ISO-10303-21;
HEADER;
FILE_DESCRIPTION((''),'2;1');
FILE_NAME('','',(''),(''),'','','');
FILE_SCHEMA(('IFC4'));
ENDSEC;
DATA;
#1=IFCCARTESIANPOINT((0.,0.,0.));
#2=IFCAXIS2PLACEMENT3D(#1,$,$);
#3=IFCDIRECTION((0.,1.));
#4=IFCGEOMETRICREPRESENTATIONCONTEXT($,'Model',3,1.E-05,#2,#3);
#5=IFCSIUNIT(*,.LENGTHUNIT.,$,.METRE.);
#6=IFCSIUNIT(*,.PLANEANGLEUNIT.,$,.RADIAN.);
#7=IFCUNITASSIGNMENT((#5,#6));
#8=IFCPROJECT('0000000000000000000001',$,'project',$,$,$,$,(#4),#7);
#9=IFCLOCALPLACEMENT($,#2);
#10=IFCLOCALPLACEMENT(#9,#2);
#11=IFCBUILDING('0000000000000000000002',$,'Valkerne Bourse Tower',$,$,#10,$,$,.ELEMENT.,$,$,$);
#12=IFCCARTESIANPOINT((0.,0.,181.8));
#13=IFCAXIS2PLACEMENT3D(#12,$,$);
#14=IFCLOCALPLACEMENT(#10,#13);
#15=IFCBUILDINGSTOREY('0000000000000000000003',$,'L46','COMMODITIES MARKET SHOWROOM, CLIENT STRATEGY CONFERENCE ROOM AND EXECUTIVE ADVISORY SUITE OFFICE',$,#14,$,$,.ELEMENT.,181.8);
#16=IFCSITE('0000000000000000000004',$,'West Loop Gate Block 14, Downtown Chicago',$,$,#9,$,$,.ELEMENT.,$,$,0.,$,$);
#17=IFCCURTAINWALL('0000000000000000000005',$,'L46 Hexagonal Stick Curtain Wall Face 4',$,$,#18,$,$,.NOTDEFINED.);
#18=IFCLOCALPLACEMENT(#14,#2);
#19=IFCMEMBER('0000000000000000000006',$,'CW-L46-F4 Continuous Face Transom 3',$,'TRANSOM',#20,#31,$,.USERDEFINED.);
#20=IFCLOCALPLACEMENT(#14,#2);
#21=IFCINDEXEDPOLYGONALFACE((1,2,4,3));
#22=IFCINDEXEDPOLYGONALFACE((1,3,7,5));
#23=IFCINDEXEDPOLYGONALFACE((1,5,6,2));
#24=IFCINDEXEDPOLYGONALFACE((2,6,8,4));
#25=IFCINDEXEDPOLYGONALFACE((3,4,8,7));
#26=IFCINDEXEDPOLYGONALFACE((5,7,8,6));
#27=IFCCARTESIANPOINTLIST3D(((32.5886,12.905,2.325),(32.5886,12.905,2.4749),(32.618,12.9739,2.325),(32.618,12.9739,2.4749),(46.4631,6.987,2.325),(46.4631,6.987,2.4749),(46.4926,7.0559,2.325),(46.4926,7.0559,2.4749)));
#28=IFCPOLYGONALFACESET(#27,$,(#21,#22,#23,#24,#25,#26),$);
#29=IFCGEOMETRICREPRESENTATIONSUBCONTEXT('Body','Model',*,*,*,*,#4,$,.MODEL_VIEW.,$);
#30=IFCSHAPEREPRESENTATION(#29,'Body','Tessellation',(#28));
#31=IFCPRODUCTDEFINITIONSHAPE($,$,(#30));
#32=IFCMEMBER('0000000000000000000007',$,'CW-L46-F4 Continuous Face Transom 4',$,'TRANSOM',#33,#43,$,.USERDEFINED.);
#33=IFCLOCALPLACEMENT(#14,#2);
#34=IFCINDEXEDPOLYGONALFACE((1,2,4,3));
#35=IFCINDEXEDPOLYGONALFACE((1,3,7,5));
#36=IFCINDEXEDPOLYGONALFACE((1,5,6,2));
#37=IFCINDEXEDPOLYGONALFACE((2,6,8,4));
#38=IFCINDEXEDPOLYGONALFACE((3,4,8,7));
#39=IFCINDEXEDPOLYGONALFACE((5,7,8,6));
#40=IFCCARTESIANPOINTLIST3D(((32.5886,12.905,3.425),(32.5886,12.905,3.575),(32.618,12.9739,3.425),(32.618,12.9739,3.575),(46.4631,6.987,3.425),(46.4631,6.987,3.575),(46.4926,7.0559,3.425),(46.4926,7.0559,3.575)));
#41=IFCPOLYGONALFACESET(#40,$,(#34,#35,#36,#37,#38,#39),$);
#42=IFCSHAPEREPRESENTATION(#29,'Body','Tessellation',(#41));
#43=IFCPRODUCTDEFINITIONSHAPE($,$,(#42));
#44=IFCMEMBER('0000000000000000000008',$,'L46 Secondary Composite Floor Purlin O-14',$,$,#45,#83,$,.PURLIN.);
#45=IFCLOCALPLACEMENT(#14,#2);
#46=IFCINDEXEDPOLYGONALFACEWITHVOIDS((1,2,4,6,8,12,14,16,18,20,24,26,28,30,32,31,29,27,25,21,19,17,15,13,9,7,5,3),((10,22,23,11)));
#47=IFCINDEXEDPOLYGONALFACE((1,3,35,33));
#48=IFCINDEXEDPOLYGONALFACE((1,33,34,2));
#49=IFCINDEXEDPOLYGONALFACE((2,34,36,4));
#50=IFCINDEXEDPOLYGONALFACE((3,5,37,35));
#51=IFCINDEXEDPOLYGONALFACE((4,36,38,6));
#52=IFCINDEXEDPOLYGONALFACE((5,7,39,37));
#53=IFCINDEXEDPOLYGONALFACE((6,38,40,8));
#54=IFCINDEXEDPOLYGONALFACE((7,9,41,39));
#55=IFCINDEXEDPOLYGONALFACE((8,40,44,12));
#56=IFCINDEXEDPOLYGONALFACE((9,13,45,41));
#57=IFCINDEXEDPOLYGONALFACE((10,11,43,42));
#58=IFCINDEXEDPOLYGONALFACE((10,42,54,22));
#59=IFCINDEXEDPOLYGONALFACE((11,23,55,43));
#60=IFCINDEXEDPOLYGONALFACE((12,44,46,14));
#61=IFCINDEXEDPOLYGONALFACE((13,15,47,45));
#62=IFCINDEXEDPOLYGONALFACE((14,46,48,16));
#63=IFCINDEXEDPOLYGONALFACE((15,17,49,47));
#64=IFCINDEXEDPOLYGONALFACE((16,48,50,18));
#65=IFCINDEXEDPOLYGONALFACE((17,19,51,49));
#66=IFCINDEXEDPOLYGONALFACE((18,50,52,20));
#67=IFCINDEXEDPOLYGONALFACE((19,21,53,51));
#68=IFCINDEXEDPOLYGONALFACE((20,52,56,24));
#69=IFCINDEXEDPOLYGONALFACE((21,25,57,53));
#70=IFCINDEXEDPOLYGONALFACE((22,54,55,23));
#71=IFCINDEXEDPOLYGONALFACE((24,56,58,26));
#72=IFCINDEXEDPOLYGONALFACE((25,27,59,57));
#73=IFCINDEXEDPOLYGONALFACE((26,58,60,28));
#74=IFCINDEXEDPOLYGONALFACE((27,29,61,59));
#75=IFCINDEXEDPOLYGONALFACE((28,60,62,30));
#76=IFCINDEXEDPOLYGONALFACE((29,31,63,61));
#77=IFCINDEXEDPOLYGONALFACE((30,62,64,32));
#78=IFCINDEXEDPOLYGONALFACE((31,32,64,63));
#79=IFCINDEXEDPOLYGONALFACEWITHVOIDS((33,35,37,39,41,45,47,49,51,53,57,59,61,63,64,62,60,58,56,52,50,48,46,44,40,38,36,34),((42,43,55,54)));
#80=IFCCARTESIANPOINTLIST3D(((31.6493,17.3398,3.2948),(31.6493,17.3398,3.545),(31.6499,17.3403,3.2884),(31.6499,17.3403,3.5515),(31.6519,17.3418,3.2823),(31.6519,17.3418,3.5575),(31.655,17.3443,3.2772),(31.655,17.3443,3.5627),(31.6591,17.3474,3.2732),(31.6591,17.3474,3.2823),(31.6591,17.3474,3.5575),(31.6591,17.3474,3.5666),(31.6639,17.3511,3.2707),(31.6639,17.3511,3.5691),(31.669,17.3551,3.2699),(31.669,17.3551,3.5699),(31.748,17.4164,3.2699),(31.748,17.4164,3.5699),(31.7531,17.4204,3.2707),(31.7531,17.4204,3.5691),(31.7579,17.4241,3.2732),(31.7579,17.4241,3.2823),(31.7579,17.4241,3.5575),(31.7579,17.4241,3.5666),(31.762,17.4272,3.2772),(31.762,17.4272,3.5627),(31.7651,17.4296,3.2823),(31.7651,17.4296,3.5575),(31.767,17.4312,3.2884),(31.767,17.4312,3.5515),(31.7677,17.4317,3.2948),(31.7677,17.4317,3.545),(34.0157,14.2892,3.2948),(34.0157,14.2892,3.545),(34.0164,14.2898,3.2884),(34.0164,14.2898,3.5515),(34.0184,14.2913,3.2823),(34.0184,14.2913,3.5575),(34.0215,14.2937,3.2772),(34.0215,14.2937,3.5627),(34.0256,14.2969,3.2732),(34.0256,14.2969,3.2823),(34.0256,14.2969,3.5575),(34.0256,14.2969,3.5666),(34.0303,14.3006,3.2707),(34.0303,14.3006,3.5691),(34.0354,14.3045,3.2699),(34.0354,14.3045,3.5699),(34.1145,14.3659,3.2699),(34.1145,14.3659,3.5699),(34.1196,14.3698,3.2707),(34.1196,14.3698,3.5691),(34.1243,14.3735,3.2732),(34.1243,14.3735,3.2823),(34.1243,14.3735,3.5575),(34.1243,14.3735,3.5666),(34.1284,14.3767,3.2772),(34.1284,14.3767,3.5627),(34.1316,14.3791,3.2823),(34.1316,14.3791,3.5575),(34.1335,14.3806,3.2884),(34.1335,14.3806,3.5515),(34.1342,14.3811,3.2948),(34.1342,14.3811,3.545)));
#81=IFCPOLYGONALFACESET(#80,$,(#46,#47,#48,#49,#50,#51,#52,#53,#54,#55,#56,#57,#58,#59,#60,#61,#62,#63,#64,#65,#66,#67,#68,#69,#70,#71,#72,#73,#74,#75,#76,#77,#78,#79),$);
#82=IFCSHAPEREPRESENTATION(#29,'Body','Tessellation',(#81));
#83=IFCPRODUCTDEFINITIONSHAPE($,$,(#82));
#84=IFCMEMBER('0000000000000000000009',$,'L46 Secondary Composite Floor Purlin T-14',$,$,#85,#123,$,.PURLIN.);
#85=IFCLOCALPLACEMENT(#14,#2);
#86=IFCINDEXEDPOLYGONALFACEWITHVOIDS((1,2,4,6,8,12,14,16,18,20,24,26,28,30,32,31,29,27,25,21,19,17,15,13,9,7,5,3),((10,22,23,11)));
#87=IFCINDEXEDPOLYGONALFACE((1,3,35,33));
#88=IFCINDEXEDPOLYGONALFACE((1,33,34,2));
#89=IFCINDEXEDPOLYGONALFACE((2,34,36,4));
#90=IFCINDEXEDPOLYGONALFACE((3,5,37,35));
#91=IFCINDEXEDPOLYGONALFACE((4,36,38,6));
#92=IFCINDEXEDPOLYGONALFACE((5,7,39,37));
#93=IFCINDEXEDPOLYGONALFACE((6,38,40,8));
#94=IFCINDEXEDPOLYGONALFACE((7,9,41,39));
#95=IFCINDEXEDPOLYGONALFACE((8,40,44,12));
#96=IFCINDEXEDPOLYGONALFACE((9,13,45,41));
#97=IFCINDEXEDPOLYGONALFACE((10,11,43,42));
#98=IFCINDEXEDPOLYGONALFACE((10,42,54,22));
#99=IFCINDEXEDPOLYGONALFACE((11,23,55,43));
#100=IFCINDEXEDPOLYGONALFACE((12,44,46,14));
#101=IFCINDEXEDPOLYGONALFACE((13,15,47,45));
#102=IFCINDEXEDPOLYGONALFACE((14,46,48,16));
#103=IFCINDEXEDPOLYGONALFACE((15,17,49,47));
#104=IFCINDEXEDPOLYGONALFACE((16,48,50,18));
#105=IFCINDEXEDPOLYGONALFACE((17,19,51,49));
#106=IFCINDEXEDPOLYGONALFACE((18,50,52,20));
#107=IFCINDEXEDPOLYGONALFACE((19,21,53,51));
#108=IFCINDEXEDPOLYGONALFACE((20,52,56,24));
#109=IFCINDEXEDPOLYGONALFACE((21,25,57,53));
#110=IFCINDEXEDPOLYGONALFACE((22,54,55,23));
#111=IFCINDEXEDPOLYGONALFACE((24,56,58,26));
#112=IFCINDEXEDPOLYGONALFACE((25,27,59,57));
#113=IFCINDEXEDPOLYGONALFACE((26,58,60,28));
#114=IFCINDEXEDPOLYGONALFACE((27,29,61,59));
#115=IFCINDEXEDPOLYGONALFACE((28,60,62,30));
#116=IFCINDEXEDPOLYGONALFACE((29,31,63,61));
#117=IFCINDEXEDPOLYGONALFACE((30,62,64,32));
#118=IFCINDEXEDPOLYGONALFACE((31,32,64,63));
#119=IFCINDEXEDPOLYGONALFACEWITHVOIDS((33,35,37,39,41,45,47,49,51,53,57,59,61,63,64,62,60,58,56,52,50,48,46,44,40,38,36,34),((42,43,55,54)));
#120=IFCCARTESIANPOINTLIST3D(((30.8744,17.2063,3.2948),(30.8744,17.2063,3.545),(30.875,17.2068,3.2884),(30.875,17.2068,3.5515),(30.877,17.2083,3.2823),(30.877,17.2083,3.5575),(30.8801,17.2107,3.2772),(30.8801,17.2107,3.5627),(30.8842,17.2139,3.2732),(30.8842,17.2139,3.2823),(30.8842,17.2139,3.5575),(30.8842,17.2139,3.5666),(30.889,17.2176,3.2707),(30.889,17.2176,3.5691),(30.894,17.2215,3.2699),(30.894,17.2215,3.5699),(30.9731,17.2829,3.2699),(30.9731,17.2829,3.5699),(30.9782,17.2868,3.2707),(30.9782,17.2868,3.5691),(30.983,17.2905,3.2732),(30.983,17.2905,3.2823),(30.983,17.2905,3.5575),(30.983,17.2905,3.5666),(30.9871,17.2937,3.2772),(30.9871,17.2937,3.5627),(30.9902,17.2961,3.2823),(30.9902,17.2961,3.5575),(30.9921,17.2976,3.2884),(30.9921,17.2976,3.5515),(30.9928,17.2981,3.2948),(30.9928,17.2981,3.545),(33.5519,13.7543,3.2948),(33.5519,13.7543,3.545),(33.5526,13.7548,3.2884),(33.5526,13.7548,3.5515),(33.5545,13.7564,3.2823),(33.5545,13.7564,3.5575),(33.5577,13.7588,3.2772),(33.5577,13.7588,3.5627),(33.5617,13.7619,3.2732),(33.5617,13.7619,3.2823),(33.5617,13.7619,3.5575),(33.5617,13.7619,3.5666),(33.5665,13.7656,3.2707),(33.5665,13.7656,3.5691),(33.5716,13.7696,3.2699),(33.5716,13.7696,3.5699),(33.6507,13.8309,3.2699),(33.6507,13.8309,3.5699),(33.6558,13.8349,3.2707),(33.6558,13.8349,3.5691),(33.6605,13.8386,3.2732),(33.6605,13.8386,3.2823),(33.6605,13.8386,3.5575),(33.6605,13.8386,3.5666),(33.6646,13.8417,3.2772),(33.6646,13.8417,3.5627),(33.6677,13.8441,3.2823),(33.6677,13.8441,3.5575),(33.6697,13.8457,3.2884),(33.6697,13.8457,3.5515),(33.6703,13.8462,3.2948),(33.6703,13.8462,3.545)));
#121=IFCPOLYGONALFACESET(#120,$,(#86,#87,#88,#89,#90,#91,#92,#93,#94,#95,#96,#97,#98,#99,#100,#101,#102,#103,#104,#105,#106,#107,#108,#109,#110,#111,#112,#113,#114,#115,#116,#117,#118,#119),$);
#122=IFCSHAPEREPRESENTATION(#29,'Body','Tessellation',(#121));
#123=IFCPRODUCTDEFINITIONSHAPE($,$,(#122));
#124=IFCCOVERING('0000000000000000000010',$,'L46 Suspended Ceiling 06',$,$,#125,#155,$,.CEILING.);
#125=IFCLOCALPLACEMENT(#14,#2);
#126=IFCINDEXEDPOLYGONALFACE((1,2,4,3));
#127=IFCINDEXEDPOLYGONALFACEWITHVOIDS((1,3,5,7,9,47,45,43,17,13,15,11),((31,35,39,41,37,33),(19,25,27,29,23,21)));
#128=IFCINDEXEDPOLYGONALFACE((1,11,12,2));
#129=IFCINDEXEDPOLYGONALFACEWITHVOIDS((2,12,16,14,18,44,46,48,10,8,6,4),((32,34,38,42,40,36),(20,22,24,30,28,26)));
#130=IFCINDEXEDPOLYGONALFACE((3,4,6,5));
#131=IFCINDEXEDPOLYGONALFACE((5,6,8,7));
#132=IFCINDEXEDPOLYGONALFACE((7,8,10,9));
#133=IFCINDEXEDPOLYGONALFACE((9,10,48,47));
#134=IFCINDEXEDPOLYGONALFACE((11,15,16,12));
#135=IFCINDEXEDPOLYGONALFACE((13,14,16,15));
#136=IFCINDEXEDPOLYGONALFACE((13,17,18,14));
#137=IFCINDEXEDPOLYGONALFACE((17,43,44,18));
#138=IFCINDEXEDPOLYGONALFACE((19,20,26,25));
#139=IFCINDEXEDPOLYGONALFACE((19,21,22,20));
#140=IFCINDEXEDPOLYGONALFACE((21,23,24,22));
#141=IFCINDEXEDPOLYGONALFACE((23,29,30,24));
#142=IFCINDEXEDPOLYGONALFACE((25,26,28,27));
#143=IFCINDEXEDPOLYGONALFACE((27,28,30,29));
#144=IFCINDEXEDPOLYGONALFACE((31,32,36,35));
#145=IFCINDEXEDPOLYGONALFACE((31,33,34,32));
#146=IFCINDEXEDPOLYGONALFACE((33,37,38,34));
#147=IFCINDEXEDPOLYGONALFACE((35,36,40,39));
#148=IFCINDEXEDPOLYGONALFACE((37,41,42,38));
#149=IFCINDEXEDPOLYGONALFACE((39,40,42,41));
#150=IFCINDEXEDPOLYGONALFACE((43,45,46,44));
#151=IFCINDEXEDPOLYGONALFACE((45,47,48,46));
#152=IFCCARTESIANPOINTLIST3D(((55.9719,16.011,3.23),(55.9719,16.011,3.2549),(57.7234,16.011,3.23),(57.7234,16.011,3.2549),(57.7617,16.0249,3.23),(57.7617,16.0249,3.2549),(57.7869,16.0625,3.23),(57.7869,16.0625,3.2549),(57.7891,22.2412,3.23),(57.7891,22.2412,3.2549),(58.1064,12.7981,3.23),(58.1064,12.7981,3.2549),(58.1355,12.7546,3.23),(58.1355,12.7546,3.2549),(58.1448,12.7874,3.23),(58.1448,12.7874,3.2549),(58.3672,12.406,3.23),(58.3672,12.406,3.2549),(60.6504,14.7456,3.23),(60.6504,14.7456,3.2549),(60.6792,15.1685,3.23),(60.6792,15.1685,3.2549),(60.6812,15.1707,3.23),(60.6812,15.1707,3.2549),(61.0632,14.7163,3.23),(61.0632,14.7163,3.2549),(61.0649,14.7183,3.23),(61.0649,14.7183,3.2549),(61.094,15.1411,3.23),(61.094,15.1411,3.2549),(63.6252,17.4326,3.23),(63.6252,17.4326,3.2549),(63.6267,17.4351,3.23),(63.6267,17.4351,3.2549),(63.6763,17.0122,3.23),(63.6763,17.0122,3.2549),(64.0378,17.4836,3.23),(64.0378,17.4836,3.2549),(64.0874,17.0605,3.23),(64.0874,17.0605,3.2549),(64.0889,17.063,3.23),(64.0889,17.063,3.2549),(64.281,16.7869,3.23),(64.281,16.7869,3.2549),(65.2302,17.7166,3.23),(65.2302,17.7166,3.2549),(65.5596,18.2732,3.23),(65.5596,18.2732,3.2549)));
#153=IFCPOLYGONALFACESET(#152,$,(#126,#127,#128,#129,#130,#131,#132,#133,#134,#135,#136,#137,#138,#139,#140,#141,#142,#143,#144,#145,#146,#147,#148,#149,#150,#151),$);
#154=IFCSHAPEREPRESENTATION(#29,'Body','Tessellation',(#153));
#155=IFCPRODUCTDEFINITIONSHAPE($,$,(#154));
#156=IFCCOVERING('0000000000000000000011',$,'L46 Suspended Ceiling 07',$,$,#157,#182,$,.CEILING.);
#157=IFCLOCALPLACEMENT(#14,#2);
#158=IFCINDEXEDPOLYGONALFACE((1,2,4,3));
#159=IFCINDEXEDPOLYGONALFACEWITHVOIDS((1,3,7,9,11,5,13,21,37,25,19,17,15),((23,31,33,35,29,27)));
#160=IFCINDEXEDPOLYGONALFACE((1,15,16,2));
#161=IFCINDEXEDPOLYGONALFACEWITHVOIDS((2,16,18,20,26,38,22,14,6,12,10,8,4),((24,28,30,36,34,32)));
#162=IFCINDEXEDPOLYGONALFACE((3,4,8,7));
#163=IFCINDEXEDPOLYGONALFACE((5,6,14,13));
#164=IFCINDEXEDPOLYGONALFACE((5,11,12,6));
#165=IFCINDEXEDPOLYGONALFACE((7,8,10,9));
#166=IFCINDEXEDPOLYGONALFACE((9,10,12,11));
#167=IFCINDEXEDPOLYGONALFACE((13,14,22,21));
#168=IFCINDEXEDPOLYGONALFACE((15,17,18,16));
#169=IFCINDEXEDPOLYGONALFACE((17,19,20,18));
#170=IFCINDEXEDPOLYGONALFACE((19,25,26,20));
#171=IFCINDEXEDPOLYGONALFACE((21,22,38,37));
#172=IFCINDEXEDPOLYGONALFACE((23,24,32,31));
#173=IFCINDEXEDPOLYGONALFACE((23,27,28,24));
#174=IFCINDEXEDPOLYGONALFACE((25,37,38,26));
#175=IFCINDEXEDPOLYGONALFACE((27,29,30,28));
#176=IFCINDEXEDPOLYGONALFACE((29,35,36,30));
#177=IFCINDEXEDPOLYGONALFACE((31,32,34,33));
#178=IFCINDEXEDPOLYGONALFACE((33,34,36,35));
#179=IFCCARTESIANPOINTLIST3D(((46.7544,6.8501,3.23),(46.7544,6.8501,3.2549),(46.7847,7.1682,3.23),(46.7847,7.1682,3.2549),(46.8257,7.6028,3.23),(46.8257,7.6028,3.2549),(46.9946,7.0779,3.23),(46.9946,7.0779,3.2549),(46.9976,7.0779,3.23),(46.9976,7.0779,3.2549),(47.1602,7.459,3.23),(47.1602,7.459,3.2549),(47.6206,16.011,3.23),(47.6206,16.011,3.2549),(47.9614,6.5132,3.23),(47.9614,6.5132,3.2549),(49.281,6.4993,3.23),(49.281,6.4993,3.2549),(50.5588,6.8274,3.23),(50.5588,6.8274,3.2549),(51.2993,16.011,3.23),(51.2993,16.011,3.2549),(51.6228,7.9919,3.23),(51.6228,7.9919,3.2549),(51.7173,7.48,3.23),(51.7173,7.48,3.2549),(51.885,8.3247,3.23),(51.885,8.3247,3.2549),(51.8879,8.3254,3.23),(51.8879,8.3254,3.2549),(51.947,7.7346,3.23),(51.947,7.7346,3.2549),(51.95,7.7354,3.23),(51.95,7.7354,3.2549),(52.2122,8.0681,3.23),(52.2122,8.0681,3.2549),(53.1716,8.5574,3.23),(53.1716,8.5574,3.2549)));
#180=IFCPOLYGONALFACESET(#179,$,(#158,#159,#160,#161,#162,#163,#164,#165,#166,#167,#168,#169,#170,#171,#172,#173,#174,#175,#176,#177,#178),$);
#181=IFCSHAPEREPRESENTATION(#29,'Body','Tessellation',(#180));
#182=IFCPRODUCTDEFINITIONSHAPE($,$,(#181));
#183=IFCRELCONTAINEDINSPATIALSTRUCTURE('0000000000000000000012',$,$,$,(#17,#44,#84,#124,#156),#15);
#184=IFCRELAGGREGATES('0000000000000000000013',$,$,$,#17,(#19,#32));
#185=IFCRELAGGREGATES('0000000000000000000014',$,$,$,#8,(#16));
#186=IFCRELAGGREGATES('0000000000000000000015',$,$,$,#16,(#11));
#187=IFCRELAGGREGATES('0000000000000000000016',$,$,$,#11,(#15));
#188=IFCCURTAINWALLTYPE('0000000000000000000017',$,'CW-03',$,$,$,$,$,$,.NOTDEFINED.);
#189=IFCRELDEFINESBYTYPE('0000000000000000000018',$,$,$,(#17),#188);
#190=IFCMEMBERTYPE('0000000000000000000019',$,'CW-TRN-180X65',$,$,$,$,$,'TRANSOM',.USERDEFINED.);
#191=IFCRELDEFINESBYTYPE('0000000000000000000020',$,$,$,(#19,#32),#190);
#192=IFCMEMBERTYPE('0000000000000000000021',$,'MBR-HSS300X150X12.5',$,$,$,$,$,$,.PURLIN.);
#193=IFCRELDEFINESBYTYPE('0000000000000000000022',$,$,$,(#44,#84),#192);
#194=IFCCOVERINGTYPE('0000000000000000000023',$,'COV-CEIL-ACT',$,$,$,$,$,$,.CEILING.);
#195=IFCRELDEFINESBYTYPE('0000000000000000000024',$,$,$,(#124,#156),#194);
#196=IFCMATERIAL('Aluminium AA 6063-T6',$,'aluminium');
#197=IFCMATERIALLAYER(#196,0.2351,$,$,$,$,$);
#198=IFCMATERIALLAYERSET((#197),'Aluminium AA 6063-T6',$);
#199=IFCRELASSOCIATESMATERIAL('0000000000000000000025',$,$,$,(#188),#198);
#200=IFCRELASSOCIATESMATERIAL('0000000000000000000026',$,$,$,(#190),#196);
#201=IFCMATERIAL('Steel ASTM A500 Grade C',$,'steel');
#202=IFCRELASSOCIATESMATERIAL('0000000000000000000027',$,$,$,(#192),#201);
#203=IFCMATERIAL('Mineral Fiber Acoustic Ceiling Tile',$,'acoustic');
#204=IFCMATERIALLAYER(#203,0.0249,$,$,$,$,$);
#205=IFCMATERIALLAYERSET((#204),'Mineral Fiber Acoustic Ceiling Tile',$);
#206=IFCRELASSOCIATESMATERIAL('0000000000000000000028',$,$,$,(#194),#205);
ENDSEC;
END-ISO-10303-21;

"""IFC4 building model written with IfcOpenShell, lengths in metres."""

from ifc_helpers import new_model, si_unit, direction, frame, origin, origin_2d, place, context, subcontext, project, spatial, polyline, rectangle, hollow_rectangle, outline, extrude, material, layer, layer_set, material_profile, profile_set, type_object, element, aggregate, save


model = new_model("IFC4")

# Units and contexts
model_context = context("Model", 3, precision=1e-05, world=origin(), true_north=direction((0.0, 1.0)))
body_context = subcontext(model_context, "Body", "Model", "MODEL_VIEW")
ifc_project = project(units=[si_unit("LENGTHUNIT", "METRE"), si_unit("PLANEANGLEUNIT", "RADIAN")], contexts=[model_context])

# Site, building, storey
site_placement = place(None, origin())
site = spatial("IfcSite", under=ifc_project, at=site_placement, Name="West Loop Gate Block 14, Downtown Chicago", CompositionType="ELEMENT", RefElevation=0.0)
building_placement = place(site_placement, origin())
building = spatial("IfcBuilding", under=site, at=building_placement, Name="Valkerne Bourse Tower", CompositionType="ELEMENT")
storey_placement = place(building_placement, frame((0.0, 0.0, 181.8)))
storey = spatial("IfcBuildingStorey", under=building, at=storey_placement, Name="L46", Description="COMMODITIES MARKET SHOWROOM, CLIENT STRATEGY CONFERENCE ROOM AND EXECUTIVE ADVISORY SUITE OFFICE", CompositionType="ELEMENT", Elevation=181.8)

# Shared definitions
ifc_material_1 = material(Name="Aluminium AA 6063-T6", Category="aluminium")
ifc_layer_1 = layer(ifc_material_1, 0.2351)
ifc_layer_set_1 = layer_set([ifc_layer_1], Name="Aluminium AA 6063-T6")
curtain_wall_type = type_object("IfcCurtainWallType", Name="CW-03", PredefinedType="NOTDEFINED", material=ifc_layer_set_1)

# Curtain wall, members
curtain_wall_1_placement = place(storey_placement, origin())
curtain_wall_1 = element("IfcCurtainWall", 1, at=curtain_wall_1_placement, inside=storey, type_object=curtain_wall_type, Name="L46 Hexagonal Stick Curtain Wall Face 4", PredefinedType="NOTDEFINED")
ifc_material_profile_1 = material_profile(ifc_material_1, rectangle(XDim=0.075, YDim=0.1499, at=origin_2d()), Name="CWT-75X150")
ifc_profile_set_1 = profile_set([ifc_material_profile_1], Name="Aluminium AA 6063-T6")
member_type_1 = type_object("IfcMemberType", Name="CW-TRN-180X65", ElementType="TRANSOM", PredefinedType="USERDEFINED", material=ifc_profile_set_1)
member_1_placement = place(storey_placement, frame((32.6033, 12.9395, 2.3999), z_axis=(0.919822, -0.392336, 0.0), x_axis=(0.392336, 0.919822, 0.0)))
member_1 = element("IfcMember", 2, at=member_1_placement, type_object=member_type_1, Name="CW-L46-F4 Continuous Face Transom 3", ObjectType="TRANSOM", PredefinedType="USERDEFINED", context=body_context, shape_type="SweptSolid", body=[
    extrude(rectangle(XDim=0.075, YDim=0.1499, at=origin_2d()), origin(), (0.0, 0.0, 1.0), 15.084),
])
member_2_placement = place(storey_placement, frame((32.6033, 12.9395, 3.5), z_axis=(0.919822, -0.392336, 0.0), x_axis=(0.392336, 0.919822, 0.0)))
member_2 = element("IfcMember", 3, at=member_2_placement, type_object=member_type_1, Name="CW-L46-F4 Continuous Face Transom 4", ObjectType="TRANSOM", PredefinedType="USERDEFINED", context=body_context, shape_type="SweptSolid", body=[
    extrude(rectangle(XDim=0.075, YDim=0.1499, at=origin_2d()), origin(), (0.0, 0.0, 1.0), 15.084),
])
aggregate(curtain_wall_1, [member_1, member_2])

# Members
ifc_material_2 = material(Name="Steel ASTM A500 Grade C", Category="steel")
ifc_material_profile_2 = material_profile(ifc_material_2, hollow_rectangle(XDim=0.1499, YDim=0.3, WallThickness=0.0125, OuterFilletRadius=0.0249, at=origin_2d()), Name="HSS300X150X12.5")
ifc_profile_set_2 = profile_set([ifc_material_profile_2], Name="Steel ASTM A500 Grade C")
member_type_2 = type_object("IfcMemberType", Name="MBR-HSS300X150X12.5", PredefinedType="PURLIN", material=ifc_profile_set_2)
member_3_placement = place(storey_placement, frame((31.7085, 17.3857, 3.4199), z_axis=(0.612942, -0.790128, 0.0), x_axis=(0.790128, 0.612942, 0.0)))
element("IfcMember", 4, at=member_3_placement, inside=storey, type_object=member_type_2, Name="L46 Secondary Composite Floor Purlin O-14", PredefinedType="PURLIN", context=body_context, shape_type="SweptSolid", body=[
    extrude(hollow_rectangle(XDim=0.1499, YDim=0.3, WallThickness=0.0125, OuterFilletRadius=0.0249, at=origin_2d()), origin(), (0.0, 0.0, 1.0), 3.8608),
])
member_4_placement = place(storey_placement, frame((30.9336, 17.2522, 3.4199), z_axis=(0.612895, -0.790164, 0.0), x_axis=(0.790164, 0.612895, 0.0)))
element("IfcMember", 5, at=member_4_placement, inside=storey, type_object=member_type_2, Name="L46 Secondary Composite Floor Purlin T-14", PredefinedType="PURLIN", context=body_context, shape_type="SweptSolid", body=[
    extrude(hollow_rectangle(XDim=0.1499, YDim=0.3, WallThickness=0.0125, OuterFilletRadius=0.0249, at=origin_2d()), origin(), (0.0, 0.0, 1.0), 4.3687),
])

# Coverings
ifc_material_3 = material(Name="Mineral Fiber Acoustic Ceiling Tile", Category="acoustic")
ifc_layer_2 = layer(ifc_material_3, 0.0249)
ifc_layer_set_2 = layer_set([ifc_layer_2], Name="Mineral Fiber Acoustic Ceiling Tile")
covering_type_1 = type_object("IfcCoveringType", Name="COV-CEIL-ACT", PredefinedType="CEILING", material=ifc_layer_set_2)
covering_1_placement = place(storey_placement, frame((0.0, 0.0, 3.23)))
element("IfcCovering", 6, at=covering_1_placement, inside=storey, type_object=covering_type_1, Name="L46 Suspended Ceiling 06", PredefinedType="CEILING", context=body_context, shape_type="SweptSolid", body=[
    extrude(outline(polyline([(58.3672, 12.406), (58.1355, 12.7546), (58.1448, 12.7874), (58.1064, 12.7981), (55.9719, 16.011), (57.7234, 16.011), (57.7617, 16.0249), (57.7869, 16.0625), (57.7891, 22.2412), (65.5596, 18.2732), (65.2302, 17.7166), (64.281, 16.7869), (58.3672, 12.406)]), holes=[polyline([(61.0649, 14.7183), (61.094, 15.1411), (60.6812, 15.1707), (60.6792, 15.1685), (60.6504, 14.7456), (61.0632, 14.7163), (61.0649, 14.7183)]), polyline([(64.0889, 17.063), (64.0378, 17.4836), (63.6267, 17.4351), (63.6252, 17.4326), (63.6763, 17.0122), (64.0874, 17.0605), (64.0889, 17.063)])]), origin(), (0.0, 0.0, 1.0), 0.0249),
])
covering_2_placement = place(storey_placement, frame((0.0, 0.0, 3.23)))
element("IfcCovering", 7, at=covering_2_placement, inside=storey, type_object=covering_type_1, Name="L46 Suspended Ceiling 07", PredefinedType="CEILING", context=body_context, shape_type="SweptSolid", body=[
    extrude(outline(polyline([(49.281, 6.4993), (47.9614, 6.5132), (46.7544, 6.8501), (46.7847, 7.1682), (46.9946, 7.0779), (46.9976, 7.0779), (47.1602, 7.459), (46.8257, 7.6028), (47.6206, 16.011), (51.2993, 16.011), (53.1716, 8.5574), (51.7173, 7.48), (50.5588, 6.8274), (49.281, 6.4993)]), holes=[polyline([(52.2122, 8.0681), (51.8879, 8.3254), (51.885, 8.3247), (51.6228, 7.9919), (51.947, 7.7346), (51.95, 7.7354), (52.2122, 8.0681)])]), origin(), (0.0, 0.0, 1.0), 0.0249),
])

save(model, "model.ifc")
